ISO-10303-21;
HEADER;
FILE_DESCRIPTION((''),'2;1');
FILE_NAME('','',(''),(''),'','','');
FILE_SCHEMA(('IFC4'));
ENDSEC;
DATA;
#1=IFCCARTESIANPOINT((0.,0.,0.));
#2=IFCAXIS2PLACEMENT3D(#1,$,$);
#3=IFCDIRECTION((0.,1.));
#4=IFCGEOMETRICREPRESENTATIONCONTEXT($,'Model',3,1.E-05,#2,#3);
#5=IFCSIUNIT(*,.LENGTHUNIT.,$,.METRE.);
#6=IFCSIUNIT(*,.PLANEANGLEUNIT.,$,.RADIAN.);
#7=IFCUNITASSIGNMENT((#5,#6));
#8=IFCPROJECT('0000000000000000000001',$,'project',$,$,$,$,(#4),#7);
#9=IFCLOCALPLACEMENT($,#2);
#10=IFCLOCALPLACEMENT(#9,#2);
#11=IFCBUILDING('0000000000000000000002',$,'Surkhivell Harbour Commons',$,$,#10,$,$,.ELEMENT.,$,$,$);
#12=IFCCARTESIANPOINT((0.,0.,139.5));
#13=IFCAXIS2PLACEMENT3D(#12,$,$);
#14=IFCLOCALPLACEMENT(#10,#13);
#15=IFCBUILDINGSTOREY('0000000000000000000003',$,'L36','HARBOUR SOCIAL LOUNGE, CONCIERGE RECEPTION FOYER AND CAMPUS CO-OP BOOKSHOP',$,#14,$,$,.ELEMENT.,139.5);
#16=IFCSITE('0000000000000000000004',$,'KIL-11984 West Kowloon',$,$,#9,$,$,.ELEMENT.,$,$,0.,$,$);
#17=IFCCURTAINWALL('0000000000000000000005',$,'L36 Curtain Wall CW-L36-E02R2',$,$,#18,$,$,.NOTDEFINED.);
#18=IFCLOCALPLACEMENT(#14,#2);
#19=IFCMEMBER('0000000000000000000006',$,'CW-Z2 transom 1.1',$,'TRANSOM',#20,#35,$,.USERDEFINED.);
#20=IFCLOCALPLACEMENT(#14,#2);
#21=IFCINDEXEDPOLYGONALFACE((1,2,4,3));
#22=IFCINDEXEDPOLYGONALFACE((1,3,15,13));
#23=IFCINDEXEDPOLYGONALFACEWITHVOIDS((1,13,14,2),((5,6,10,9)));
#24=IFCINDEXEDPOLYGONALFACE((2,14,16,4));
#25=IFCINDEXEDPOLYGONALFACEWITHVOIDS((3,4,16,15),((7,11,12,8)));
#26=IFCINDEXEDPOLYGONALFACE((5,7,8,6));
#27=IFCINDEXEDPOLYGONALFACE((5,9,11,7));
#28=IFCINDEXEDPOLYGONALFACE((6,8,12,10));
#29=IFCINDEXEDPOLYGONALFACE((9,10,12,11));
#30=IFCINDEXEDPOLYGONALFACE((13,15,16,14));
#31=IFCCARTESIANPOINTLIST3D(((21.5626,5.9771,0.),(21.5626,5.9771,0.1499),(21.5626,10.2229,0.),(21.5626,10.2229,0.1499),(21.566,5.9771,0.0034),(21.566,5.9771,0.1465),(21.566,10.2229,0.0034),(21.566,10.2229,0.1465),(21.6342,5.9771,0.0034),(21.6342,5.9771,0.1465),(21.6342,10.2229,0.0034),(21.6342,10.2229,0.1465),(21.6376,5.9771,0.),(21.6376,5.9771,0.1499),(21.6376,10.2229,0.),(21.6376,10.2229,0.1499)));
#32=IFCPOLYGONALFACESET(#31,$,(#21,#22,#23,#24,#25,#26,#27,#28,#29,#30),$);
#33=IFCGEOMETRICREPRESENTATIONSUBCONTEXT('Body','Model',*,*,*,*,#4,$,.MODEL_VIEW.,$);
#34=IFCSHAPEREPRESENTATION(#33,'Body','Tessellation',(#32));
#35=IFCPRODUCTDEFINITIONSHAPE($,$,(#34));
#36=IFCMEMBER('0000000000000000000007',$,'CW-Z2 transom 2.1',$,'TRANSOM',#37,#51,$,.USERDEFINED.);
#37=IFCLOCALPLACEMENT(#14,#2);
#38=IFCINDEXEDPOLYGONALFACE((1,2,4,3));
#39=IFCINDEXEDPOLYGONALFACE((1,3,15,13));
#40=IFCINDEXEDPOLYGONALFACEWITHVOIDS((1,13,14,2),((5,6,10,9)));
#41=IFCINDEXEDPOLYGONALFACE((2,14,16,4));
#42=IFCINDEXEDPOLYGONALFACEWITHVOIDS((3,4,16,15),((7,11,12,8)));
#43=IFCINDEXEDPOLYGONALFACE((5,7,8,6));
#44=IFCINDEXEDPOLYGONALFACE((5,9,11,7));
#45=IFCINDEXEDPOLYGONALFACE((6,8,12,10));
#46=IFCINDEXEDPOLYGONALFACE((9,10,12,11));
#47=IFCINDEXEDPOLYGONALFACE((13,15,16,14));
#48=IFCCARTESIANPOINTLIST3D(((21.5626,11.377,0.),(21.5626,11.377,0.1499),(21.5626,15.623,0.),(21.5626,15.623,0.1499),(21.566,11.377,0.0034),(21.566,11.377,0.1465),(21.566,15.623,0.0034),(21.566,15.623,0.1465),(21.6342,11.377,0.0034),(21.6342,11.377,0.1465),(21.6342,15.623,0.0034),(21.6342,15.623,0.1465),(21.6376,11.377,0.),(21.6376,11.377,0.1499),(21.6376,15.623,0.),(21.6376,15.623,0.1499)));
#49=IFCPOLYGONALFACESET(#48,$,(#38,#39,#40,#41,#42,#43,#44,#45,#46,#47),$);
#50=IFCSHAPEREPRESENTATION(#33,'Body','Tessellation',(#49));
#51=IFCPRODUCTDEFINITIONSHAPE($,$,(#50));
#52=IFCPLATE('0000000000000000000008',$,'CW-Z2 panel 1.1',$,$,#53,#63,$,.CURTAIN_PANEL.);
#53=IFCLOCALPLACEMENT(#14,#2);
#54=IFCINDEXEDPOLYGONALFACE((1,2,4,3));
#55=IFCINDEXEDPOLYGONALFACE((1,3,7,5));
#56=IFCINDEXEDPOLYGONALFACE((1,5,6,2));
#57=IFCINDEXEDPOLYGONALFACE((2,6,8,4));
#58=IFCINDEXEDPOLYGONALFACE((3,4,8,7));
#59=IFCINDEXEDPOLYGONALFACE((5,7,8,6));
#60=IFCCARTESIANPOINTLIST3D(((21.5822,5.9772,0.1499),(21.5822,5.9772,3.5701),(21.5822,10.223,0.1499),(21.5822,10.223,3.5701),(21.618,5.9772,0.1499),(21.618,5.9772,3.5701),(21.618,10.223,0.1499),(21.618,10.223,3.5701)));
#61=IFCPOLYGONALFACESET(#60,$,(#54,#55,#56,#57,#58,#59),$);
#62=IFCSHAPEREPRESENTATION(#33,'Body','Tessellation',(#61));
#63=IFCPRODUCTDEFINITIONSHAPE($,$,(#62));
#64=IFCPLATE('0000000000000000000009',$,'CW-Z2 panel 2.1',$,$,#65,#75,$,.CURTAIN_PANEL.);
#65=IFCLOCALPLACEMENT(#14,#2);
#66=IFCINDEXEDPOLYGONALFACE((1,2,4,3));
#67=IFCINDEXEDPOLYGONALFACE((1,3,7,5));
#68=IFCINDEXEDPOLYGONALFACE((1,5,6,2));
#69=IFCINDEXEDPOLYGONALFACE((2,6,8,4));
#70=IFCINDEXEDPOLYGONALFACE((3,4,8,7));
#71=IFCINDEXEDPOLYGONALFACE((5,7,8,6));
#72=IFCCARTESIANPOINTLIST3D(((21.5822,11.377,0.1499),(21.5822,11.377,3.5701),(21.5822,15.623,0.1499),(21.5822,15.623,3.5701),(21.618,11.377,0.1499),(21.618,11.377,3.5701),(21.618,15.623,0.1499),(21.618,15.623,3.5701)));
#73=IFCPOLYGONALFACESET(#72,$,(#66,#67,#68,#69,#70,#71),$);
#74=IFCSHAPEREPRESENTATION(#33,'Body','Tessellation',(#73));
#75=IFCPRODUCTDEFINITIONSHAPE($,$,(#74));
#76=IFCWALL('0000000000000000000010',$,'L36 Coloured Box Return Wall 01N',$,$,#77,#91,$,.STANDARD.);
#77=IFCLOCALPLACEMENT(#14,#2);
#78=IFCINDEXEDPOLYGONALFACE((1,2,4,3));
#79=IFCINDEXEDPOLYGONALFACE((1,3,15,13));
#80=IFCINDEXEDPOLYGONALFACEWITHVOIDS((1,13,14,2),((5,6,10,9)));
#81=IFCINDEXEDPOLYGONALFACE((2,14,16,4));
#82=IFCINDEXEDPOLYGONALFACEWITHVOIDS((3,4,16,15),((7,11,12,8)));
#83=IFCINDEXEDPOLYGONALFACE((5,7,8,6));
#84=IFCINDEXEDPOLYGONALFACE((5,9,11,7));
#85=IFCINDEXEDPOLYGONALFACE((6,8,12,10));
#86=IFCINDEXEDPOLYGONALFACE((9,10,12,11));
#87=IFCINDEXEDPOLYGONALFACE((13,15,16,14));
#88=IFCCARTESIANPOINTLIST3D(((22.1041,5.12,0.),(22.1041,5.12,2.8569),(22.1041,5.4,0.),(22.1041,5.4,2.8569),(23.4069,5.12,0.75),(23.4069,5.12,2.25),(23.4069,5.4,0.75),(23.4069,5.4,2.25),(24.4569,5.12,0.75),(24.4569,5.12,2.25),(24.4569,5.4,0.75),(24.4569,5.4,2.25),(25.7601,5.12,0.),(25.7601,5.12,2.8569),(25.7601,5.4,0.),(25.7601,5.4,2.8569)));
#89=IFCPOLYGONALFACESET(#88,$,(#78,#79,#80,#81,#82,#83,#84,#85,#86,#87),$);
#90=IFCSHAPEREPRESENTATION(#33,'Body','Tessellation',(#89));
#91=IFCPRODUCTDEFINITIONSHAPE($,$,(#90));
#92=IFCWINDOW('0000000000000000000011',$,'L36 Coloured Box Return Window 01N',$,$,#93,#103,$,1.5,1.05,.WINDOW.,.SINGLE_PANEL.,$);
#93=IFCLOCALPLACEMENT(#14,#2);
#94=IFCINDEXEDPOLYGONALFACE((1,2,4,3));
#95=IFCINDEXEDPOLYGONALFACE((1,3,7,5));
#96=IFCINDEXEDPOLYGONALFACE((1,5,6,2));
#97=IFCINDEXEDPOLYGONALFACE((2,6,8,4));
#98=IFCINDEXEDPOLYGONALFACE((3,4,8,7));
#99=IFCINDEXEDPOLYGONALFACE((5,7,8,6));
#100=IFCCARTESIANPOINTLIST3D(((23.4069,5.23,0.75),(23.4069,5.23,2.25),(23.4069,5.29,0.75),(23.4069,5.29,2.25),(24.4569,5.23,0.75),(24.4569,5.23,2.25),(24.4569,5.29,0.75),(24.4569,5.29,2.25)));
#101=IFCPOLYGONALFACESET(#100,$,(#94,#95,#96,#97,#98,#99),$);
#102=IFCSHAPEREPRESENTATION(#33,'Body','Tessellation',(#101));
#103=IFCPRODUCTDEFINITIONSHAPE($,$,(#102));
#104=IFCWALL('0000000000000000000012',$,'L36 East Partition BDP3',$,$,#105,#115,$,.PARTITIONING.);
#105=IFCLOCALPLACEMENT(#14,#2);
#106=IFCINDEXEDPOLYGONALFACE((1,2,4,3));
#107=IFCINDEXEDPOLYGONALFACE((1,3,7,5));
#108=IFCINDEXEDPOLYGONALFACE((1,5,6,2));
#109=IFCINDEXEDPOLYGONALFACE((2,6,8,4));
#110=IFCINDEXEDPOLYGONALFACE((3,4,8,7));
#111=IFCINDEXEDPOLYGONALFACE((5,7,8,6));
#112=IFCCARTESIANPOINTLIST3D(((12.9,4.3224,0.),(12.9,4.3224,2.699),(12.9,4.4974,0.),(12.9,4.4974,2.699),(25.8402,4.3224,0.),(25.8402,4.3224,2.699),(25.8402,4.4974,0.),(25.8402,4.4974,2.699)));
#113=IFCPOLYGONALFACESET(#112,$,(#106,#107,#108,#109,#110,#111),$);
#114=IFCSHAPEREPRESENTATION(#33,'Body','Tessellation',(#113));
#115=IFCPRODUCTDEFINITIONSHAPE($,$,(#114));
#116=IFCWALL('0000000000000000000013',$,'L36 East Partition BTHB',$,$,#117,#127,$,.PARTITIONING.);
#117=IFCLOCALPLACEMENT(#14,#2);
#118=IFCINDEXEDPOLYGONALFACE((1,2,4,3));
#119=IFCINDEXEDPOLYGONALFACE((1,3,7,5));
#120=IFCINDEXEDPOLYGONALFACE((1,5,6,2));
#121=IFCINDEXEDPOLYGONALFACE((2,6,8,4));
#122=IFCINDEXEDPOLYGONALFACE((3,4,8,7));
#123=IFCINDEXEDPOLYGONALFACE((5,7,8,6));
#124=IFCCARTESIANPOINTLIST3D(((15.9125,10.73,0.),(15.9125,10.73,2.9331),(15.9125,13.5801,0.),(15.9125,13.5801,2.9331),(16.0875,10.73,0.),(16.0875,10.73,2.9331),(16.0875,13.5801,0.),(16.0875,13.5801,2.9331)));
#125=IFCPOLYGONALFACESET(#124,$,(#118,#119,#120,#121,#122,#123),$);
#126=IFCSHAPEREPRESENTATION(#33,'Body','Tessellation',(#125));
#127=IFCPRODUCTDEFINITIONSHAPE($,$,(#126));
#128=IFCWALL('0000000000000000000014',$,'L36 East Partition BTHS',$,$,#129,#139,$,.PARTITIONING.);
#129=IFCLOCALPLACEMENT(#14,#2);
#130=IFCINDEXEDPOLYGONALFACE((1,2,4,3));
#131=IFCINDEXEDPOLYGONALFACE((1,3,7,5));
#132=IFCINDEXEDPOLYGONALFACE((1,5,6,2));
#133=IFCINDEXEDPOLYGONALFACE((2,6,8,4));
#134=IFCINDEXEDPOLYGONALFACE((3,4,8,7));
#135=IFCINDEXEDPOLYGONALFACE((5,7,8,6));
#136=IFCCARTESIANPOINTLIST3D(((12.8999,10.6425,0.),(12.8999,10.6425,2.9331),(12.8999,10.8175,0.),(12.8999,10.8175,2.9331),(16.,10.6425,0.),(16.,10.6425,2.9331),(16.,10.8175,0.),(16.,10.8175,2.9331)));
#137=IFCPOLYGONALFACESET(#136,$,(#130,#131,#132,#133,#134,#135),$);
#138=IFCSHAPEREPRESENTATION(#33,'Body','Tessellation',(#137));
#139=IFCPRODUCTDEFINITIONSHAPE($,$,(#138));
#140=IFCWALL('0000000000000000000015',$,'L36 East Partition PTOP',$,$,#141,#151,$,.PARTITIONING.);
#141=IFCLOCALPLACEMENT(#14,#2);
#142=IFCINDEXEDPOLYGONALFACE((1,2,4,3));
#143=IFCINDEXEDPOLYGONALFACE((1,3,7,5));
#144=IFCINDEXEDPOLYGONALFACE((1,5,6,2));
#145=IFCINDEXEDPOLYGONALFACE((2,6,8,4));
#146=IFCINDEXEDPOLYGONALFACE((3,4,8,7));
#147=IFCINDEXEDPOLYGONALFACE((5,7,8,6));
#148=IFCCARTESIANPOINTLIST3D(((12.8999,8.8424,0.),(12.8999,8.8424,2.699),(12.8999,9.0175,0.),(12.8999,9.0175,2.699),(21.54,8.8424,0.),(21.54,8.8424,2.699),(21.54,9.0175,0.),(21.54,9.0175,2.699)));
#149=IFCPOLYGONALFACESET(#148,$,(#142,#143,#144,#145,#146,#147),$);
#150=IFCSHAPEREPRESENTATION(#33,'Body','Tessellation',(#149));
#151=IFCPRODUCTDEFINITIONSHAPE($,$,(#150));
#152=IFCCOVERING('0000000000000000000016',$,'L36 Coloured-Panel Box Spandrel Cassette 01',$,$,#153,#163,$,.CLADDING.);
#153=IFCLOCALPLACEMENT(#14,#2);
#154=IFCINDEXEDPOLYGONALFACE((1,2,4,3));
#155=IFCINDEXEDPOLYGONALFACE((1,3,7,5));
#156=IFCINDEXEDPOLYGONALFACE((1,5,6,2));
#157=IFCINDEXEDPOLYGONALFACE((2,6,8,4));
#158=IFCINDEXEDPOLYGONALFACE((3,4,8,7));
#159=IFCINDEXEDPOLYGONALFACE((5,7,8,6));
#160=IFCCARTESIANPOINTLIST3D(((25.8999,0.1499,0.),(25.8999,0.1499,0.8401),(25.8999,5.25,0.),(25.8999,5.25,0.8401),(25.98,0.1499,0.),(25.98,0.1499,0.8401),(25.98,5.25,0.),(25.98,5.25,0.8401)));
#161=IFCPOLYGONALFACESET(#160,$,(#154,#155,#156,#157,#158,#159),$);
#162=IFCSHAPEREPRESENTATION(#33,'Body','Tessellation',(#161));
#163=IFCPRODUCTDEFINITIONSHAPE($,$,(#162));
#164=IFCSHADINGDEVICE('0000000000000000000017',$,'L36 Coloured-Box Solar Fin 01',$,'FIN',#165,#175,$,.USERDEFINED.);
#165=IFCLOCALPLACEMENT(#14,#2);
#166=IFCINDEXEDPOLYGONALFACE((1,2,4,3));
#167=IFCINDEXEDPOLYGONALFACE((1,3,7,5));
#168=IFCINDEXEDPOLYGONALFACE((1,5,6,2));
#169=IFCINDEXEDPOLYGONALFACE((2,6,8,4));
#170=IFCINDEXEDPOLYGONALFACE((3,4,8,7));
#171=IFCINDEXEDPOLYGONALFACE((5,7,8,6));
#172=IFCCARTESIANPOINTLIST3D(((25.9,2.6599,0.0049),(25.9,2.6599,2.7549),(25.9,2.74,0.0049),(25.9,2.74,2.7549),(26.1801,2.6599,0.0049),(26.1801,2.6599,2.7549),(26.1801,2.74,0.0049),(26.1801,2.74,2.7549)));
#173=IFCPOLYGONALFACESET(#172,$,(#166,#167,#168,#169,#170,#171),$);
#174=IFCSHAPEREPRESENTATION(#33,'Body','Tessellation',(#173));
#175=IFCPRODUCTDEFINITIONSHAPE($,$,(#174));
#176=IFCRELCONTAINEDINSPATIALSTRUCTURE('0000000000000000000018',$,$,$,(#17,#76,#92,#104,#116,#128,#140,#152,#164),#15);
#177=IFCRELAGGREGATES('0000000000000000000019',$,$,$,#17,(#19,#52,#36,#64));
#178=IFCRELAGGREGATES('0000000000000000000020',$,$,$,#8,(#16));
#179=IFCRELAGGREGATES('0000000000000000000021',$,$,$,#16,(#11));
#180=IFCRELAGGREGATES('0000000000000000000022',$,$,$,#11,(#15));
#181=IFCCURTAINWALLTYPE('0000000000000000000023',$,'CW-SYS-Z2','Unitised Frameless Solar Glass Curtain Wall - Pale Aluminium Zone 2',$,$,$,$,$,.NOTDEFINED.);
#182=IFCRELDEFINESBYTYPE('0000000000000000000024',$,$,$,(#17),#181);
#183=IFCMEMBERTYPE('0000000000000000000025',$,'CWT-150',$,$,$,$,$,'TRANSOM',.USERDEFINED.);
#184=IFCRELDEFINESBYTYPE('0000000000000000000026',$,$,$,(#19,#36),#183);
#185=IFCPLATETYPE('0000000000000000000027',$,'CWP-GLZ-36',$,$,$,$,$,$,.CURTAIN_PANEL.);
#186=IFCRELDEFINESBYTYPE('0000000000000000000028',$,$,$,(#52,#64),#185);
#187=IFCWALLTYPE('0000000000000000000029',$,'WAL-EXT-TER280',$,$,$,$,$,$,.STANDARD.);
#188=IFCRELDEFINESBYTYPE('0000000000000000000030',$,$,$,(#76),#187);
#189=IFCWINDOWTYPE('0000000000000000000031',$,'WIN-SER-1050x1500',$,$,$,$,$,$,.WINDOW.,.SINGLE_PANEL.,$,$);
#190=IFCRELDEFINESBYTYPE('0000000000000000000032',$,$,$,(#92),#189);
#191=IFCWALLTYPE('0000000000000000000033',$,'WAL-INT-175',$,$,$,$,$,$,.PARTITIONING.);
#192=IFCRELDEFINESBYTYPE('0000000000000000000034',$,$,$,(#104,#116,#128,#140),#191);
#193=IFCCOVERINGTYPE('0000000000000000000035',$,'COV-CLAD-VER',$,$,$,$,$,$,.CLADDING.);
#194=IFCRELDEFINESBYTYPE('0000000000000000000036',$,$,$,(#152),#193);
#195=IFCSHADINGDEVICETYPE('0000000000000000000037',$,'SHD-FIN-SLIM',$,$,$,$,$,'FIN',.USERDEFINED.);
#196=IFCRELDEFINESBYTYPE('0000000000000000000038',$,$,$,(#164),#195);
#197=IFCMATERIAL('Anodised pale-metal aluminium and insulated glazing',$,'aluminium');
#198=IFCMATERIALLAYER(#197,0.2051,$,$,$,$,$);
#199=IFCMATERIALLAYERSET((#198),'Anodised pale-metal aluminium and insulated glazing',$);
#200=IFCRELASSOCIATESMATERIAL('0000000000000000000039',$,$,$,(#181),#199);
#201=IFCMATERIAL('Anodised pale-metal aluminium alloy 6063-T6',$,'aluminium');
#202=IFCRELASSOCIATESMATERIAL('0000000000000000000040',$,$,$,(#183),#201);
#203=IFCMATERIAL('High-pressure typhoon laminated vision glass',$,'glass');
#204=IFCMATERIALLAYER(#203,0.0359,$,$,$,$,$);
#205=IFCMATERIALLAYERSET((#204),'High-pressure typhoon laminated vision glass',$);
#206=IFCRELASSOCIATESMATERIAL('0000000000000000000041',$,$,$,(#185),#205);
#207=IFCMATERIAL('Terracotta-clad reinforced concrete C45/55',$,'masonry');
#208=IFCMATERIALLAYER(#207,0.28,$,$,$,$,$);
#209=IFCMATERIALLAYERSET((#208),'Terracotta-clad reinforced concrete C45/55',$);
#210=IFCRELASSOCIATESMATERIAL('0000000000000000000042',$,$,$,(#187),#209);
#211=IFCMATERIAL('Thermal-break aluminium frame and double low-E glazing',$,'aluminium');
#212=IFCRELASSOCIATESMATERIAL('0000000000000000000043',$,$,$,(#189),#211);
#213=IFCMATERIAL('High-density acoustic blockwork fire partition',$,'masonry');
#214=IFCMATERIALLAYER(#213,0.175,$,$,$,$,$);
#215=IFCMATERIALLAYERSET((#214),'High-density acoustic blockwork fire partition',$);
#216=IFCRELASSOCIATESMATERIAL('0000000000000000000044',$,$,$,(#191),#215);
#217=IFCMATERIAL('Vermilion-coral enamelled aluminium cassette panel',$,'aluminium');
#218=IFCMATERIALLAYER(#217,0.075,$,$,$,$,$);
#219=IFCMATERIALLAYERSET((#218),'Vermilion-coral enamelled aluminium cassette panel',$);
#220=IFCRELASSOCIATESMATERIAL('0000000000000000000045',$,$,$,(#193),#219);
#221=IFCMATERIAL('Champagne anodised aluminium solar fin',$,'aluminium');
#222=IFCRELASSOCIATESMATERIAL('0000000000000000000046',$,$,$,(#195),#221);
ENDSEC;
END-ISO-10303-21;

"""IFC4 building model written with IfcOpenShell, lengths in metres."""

from ifc_helpers import new_model, si_unit, direction, frame, frame_2d, origin, origin_2d, place, context, subcontext, project, spatial, rectangle, hollow_rectangle, extrude, material, layer, layer_set, material_profile, profile_set, type_object, element, fill, aggregate, save


model = new_model("IFC4")

# Units and contexts
model_context = context("Model", 3, precision=1e-05, world=origin(), true_north=direction((0.0, 1.0)))
body_context = subcontext(model_context, "Body", "Model", "MODEL_VIEW")
ifc_project = project(units=[si_unit("LENGTHUNIT", "METRE"), si_unit("PLANEANGLEUNIT", "RADIAN")], contexts=[model_context])

# Site, building, storey
site_placement = place(None, origin())
site = spatial("IfcSite", under=ifc_project, at=site_placement, Name="KIL-11984 West Kowloon", CompositionType="ELEMENT", RefElevation=0.0)
building_placement = place(site_placement, origin())
building = spatial("IfcBuilding", under=site, at=building_placement, Name="Surkhivell Harbour Commons", CompositionType="ELEMENT")
storey_placement = place(building_placement, frame((0.0, 0.0, 139.5)))
storey = spatial("IfcBuildingStorey", under=building, at=storey_placement, Name="L36", Description="HARBOUR SOCIAL LOUNGE, CONCIERGE RECEPTION FOYER AND CAMPUS CO-OP BOOKSHOP", CompositionType="ELEMENT", Elevation=139.5)

# Curtain wall, members, plates
ifc_material_1 = material(Name="Anodised pale-metal aluminium and insulated glazing", Category="aluminium")
ifc_layer_1 = layer(ifc_material_1, 0.2051)
ifc_layer_set_1 = layer_set([ifc_layer_1], Name="Anodised pale-metal aluminium and insulated glazing")
curtain_wall_type = type_object("IfcCurtainWallType", Name="CW-SYS-Z2", Description="Unitised Frameless Solar Glass Curtain Wall - Pale Aluminium Zone 2", PredefinedType="NOTDEFINED", material=ifc_layer_set_1)
curtain_wall_placement = place(storey_placement, origin())
curtain_wall = element("IfcCurtainWall", 1, at=curtain_wall_placement, inside=storey, type_object=curtain_wall_type, Name="L36 Curtain Wall CW-L36-E02R2", PredefinedType="NOTDEFINED")
ifc_material_2 = material(Name="Anodised pale-metal aluminium alloy 6063-T6", Category="aluminium")
ifc_material_profile_1 = material_profile(ifc_material_2, hollow_rectangle(XDim=0.075, YDim=0.1499, WallThickness=0.0034, at=origin_2d()), Name="ALU-TRAN-75x150")
ifc_profile_set_1 = profile_set([ifc_material_profile_1], Name="Anodised pale-metal aluminium alloy 6063-T6")
member_type_1 = type_object("IfcMemberType", Name="CWT-150", ElementType="TRANSOM", PredefinedType="USERDEFINED", material=ifc_profile_set_1)
member_1_placement = place(storey_placement, frame((21.6001, 5.9771, 0.075), z_axis=(0.0, 1.0, 0.0), x_axis=(-1.0, 0.0, 0.0)))
member_1 = element("IfcMember", 2, at=member_1_placement, type_object=member_type_1, Name="CW-Z2 transom 1.1", ObjectType="TRANSOM", PredefinedType="USERDEFINED", context=body_context, shape_type="SweptSolid", body=[
    extrude(hollow_rectangle(XDim=0.075, YDim=0.1499, WallThickness=0.0034, at=origin_2d()), origin(), (0.0, 0.0, 1.0), 4.2458),
])
member_2_placement = place(storey_placement, frame((21.6001, 11.377, 0.075), z_axis=(0.0, 1.0, 0.0), x_axis=(-1.0, 0.0, 0.0)))
member_2 = element("IfcMember", 3, at=member_2_placement, type_object=member_type_1, Name="CW-Z2 transom 2.1", ObjectType="TRANSOM", PredefinedType="USERDEFINED", context=body_context, shape_type="SweptSolid", body=[
    extrude(hollow_rectangle(XDim=0.075, YDim=0.1499, WallThickness=0.0034, at=origin_2d()), origin(), (0.0, 0.0, 1.0), 4.2461),
])
ifc_material_3 = material(Name="High-pressure typhoon laminated vision glass", Category="glass")
ifc_layer_2 = layer(ifc_material_3, 0.0359)
ifc_layer_set_2 = layer_set([ifc_layer_2], Name="High-pressure typhoon laminated vision glass")
plate_type = type_object("IfcPlateType", Name="CWP-GLZ-36", PredefinedType="CURTAIN_PANEL", material=ifc_layer_set_2)
plate_1_placement = place(storey_placement, frame((21.6001, 5.9771, 0.1499), z_axis=(0.0, 0.0, 1.0), x_axis=(0.0, 1.0, 0.0)))
plate_1 = element("IfcPlate", 4, at=plate_1_placement, type_object=plate_type, Name="CW-Z2 panel 1.1", PredefinedType="CURTAIN_PANEL", context=body_context, shape_type="SweptSolid", body=[
    extrude(rectangle(XDim=4.2458, YDim=0.0359, at=frame_2d((2.123, 0.0))), origin(), (0.0, 0.0, 1.0), 3.4202),
])
plate_2_placement = place(storey_placement, frame((21.6001, 11.377, 0.1499), z_axis=(0.0, 0.0, 1.0), x_axis=(0.0, 1.0, 0.0)))
plate_2 = element("IfcPlate", 5, at=plate_2_placement, type_object=plate_type, Name="CW-Z2 panel 2.1", PredefinedType="CURTAIN_PANEL", context=body_context, shape_type="SweptSolid", body=[
    extrude(rectangle(XDim=4.2461, YDim=0.0359, at=frame_2d((2.123, 0.0))), origin(), (0.0, 0.0, 1.0), 3.4202),
])
aggregate(curtain_wall, [member_1, plate_1, member_2, plate_2])

# Wall, opening, window
ifc_material_4 = material(Name="Terracotta-clad reinforced concrete C45/55", Category="masonry")
ifc_layer_3 = layer(ifc_material_4, 0.28)
ifc_layer_set_3 = layer_set([ifc_layer_3], Name="Terracotta-clad reinforced concrete C45/55")
wall_type_1 = type_object("IfcWallType", Name="WAL-EXT-TER280", PredefinedType="STANDARD", material=ifc_layer_set_3)
wall_1_placement = place(storey_placement, frame((22.104, 5.26, 0.0), z_axis=(0.0, 0.0, 1.0), x_axis=(1.0, 0.0, 0.0)))
wall_1 = element("IfcWall", 6, at=wall_1_placement, inside=storey, type_object=wall_type_1, Name="L36 Coloured Box Return Wall 01N", PredefinedType="STANDARD", context=body_context, shape_type="SweptSolid", body=[
    extrude(rectangle(XDim=3.656, YDim=0.28, at=frame_2d((1.8281, 0.0))), origin(), (0.0, 0.0, 1.0), 2.8569),
])
opening_placement = place(wall_1_placement, frame((1.303, 0.0, 0.75)))
opening = element("IfcOpeningElement", 7, at=opening_placement, cuts=wall_1, PredefinedType="OPENING", context=body_context, shape_type="SweptSolid", body=[
    extrude(rectangle(XDim=1.05, YDim=1.5, at=frame_2d((0.5249, 0.75))), frame((0.0, 0.1499, 0.0), z_axis=(0.0, -1.0, 0.0), x_axis=(1.0, 0.0, 0.0)), (0.0, 0.0, 1.0), 0.3),
])
ifc_material_5 = material(Name="Thermal-break aluminium frame and double low-E glazing", Category="aluminium")
window_type = type_object("IfcWindowType", Name="WIN-SER-1050x1500", PartitioningType="SINGLE_PANEL", PredefinedType="WINDOW", material=ifc_material_5)
window_placement = place(opening_placement, origin())
window = element("IfcWindow", 8, at=window_placement, inside=storey, type_object=window_type, Name="L36 Coloured Box Return Window 01N", OverallHeight=1.5, OverallWidth=1.05, PartitioningType="SINGLE_PANEL", PredefinedType="WINDOW", context=body_context, shape_type="SweptSolid", body=[
    extrude(rectangle(XDim=1.05, YDim=1.5, at=frame_2d((0.5249, 0.75))), frame((0.0, 0.03, 0.0), z_axis=(0.0, -1.0, 0.0), x_axis=(1.0, 0.0, 0.0)), (0.0, 0.0, 1.0), 0.0601),
])
fill(opening, window)

# Walls
ifc_material_6 = material(Name="High-density acoustic blockwork fire partition", Category="masonry")
ifc_layer_4 = layer(ifc_material_6, 0.175)
ifc_layer_set_4 = layer_set([ifc_layer_4], Name="High-density acoustic blockwork fire partition")
wall_type_2 = type_object("IfcWallType", Name="WAL-INT-175", PredefinedType="PARTITIONING", material=ifc_layer_set_4)
wall_2_placement = place(storey_placement, frame((12.8999, 4.4099, 0.0), z_axis=(0.0, 0.0, 1.0), x_axis=(1.0, 0.0, 0.0)))
element("IfcWall", 9, at=wall_2_placement, inside=storey, type_object=wall_type_2, Name="L36 East Partition BDP3", PredefinedType="PARTITIONING", context=body_context, shape_type="SweptSolid", body=[
    extrude(rectangle(XDim=12.9402, YDim=0.175, at=frame_2d((6.4702, 0.0))), origin(), (0.0, 0.0, 1.0), 2.699),
])
wall_3_placement = place(storey_placement, frame((16.0, 10.73, 0.0), z_axis=(0.0, 0.0, 1.0), x_axis=(0.0, 1.0, 0.0)))
element("IfcWall", 10, at=wall_3_placement, inside=storey, type_object=wall_type_2, Name="L36 East Partition BTHB", PredefinedType="PARTITIONING", context=body_context, shape_type="SweptSolid", body=[
    extrude(rectangle(XDim=2.8501, YDim=0.175, at=frame_2d((1.425, 0.0))), origin(), (0.0, 0.0, 1.0), 2.9331),
])
wall_4_placement = place(storey_placement, frame((12.8999, 10.73, 0.0), z_axis=(0.0, 0.0, 1.0), x_axis=(1.0, 0.0, 0.0)))
element("IfcWall", 11, at=wall_4_placement, inside=storey, type_object=wall_type_2, Name="L36 East Partition BTHS", PredefinedType="PARTITIONING", context=body_context, shape_type="SweptSolid", body=[
    extrude(rectangle(XDim=3.1001, YDim=0.175, at=frame_2d((1.55, 0.0))), origin(), (0.0, 0.0, 1.0), 2.9331),
])
wall_5_placement = place(storey_placement, frame((12.8999, 8.9299, 0.0), z_axis=(0.0, 0.0, 1.0), x_axis=(1.0, 0.0, 0.0)))
element("IfcWall", 12, at=wall_5_placement, inside=storey, type_object=wall_type_2, Name="L36 East Partition PTOP", PredefinedType="PARTITIONING", context=body_context, shape_type="SweptSolid", body=[
    extrude(rectangle(XDim=8.6401, YDim=0.175, at=frame_2d((4.3201, 0.0))), origin(), (0.0, 0.0, 1.0), 2.699),
])

# Covering
ifc_material_7 = material(Name="Vermilion-coral enamelled aluminium cassette panel", Category="aluminium")
ifc_layer_5 = layer(ifc_material_7, 0.075)
ifc_layer_set_5 = layer_set([ifc_layer_5], Name="Vermilion-coral enamelled aluminium cassette panel")
covering_type = type_object("IfcCoveringType", Name="COV-CLAD-VER", PredefinedType="CLADDING", material=ifc_layer_set_5)
covering_placement = place(storey_placement, frame((25.9399, 2.7, 0.0), z_axis=(0.0, 0.0, 1.0), x_axis=(1.0, 0.0, 0.0)))
element("IfcCovering", 13, at=covering_placement, inside=storey, type_object=covering_type, Name="L36 Coloured-Panel Box Spandrel Cassette 01", PredefinedType="CLADDING", context=body_context, shape_type="SweptSolid", body=[
    extrude(rectangle(XDim=0.0801, YDim=5.1001, at=origin_2d()), origin(), (0.0, 0.0, 1.0), 0.8401),
])

# Shading device
ifc_material_8 = material(Name="Champagne anodised aluminium solar fin", Category="aluminium")
shading_device_type = type_object("IfcShadingDeviceType", Name="SHD-FIN-SLIM", ElementType="FIN", PredefinedType="USERDEFINED", material=ifc_material_8)
shading_device_placement = place(storey_placement, frame((26.04, 2.7, 0.0049), z_axis=(0.0, 0.0, 1.0), x_axis=(1.0, 0.0, 0.0)))
element("IfcShadingDevice", 14, at=shading_device_placement, inside=storey, type_object=shading_device_type, Name="L36 Coloured-Box Solar Fin 01", ObjectType="FIN", PredefinedType="USERDEFINED", context=body_context, shape_type="SweptSolid", body=[
    extrude(rectangle(XDim=0.28, YDim=0.0801, at=origin_2d()), origin(), (0.0, 0.0, 1.0), 2.75),
])

save(model, "model.ifc")
